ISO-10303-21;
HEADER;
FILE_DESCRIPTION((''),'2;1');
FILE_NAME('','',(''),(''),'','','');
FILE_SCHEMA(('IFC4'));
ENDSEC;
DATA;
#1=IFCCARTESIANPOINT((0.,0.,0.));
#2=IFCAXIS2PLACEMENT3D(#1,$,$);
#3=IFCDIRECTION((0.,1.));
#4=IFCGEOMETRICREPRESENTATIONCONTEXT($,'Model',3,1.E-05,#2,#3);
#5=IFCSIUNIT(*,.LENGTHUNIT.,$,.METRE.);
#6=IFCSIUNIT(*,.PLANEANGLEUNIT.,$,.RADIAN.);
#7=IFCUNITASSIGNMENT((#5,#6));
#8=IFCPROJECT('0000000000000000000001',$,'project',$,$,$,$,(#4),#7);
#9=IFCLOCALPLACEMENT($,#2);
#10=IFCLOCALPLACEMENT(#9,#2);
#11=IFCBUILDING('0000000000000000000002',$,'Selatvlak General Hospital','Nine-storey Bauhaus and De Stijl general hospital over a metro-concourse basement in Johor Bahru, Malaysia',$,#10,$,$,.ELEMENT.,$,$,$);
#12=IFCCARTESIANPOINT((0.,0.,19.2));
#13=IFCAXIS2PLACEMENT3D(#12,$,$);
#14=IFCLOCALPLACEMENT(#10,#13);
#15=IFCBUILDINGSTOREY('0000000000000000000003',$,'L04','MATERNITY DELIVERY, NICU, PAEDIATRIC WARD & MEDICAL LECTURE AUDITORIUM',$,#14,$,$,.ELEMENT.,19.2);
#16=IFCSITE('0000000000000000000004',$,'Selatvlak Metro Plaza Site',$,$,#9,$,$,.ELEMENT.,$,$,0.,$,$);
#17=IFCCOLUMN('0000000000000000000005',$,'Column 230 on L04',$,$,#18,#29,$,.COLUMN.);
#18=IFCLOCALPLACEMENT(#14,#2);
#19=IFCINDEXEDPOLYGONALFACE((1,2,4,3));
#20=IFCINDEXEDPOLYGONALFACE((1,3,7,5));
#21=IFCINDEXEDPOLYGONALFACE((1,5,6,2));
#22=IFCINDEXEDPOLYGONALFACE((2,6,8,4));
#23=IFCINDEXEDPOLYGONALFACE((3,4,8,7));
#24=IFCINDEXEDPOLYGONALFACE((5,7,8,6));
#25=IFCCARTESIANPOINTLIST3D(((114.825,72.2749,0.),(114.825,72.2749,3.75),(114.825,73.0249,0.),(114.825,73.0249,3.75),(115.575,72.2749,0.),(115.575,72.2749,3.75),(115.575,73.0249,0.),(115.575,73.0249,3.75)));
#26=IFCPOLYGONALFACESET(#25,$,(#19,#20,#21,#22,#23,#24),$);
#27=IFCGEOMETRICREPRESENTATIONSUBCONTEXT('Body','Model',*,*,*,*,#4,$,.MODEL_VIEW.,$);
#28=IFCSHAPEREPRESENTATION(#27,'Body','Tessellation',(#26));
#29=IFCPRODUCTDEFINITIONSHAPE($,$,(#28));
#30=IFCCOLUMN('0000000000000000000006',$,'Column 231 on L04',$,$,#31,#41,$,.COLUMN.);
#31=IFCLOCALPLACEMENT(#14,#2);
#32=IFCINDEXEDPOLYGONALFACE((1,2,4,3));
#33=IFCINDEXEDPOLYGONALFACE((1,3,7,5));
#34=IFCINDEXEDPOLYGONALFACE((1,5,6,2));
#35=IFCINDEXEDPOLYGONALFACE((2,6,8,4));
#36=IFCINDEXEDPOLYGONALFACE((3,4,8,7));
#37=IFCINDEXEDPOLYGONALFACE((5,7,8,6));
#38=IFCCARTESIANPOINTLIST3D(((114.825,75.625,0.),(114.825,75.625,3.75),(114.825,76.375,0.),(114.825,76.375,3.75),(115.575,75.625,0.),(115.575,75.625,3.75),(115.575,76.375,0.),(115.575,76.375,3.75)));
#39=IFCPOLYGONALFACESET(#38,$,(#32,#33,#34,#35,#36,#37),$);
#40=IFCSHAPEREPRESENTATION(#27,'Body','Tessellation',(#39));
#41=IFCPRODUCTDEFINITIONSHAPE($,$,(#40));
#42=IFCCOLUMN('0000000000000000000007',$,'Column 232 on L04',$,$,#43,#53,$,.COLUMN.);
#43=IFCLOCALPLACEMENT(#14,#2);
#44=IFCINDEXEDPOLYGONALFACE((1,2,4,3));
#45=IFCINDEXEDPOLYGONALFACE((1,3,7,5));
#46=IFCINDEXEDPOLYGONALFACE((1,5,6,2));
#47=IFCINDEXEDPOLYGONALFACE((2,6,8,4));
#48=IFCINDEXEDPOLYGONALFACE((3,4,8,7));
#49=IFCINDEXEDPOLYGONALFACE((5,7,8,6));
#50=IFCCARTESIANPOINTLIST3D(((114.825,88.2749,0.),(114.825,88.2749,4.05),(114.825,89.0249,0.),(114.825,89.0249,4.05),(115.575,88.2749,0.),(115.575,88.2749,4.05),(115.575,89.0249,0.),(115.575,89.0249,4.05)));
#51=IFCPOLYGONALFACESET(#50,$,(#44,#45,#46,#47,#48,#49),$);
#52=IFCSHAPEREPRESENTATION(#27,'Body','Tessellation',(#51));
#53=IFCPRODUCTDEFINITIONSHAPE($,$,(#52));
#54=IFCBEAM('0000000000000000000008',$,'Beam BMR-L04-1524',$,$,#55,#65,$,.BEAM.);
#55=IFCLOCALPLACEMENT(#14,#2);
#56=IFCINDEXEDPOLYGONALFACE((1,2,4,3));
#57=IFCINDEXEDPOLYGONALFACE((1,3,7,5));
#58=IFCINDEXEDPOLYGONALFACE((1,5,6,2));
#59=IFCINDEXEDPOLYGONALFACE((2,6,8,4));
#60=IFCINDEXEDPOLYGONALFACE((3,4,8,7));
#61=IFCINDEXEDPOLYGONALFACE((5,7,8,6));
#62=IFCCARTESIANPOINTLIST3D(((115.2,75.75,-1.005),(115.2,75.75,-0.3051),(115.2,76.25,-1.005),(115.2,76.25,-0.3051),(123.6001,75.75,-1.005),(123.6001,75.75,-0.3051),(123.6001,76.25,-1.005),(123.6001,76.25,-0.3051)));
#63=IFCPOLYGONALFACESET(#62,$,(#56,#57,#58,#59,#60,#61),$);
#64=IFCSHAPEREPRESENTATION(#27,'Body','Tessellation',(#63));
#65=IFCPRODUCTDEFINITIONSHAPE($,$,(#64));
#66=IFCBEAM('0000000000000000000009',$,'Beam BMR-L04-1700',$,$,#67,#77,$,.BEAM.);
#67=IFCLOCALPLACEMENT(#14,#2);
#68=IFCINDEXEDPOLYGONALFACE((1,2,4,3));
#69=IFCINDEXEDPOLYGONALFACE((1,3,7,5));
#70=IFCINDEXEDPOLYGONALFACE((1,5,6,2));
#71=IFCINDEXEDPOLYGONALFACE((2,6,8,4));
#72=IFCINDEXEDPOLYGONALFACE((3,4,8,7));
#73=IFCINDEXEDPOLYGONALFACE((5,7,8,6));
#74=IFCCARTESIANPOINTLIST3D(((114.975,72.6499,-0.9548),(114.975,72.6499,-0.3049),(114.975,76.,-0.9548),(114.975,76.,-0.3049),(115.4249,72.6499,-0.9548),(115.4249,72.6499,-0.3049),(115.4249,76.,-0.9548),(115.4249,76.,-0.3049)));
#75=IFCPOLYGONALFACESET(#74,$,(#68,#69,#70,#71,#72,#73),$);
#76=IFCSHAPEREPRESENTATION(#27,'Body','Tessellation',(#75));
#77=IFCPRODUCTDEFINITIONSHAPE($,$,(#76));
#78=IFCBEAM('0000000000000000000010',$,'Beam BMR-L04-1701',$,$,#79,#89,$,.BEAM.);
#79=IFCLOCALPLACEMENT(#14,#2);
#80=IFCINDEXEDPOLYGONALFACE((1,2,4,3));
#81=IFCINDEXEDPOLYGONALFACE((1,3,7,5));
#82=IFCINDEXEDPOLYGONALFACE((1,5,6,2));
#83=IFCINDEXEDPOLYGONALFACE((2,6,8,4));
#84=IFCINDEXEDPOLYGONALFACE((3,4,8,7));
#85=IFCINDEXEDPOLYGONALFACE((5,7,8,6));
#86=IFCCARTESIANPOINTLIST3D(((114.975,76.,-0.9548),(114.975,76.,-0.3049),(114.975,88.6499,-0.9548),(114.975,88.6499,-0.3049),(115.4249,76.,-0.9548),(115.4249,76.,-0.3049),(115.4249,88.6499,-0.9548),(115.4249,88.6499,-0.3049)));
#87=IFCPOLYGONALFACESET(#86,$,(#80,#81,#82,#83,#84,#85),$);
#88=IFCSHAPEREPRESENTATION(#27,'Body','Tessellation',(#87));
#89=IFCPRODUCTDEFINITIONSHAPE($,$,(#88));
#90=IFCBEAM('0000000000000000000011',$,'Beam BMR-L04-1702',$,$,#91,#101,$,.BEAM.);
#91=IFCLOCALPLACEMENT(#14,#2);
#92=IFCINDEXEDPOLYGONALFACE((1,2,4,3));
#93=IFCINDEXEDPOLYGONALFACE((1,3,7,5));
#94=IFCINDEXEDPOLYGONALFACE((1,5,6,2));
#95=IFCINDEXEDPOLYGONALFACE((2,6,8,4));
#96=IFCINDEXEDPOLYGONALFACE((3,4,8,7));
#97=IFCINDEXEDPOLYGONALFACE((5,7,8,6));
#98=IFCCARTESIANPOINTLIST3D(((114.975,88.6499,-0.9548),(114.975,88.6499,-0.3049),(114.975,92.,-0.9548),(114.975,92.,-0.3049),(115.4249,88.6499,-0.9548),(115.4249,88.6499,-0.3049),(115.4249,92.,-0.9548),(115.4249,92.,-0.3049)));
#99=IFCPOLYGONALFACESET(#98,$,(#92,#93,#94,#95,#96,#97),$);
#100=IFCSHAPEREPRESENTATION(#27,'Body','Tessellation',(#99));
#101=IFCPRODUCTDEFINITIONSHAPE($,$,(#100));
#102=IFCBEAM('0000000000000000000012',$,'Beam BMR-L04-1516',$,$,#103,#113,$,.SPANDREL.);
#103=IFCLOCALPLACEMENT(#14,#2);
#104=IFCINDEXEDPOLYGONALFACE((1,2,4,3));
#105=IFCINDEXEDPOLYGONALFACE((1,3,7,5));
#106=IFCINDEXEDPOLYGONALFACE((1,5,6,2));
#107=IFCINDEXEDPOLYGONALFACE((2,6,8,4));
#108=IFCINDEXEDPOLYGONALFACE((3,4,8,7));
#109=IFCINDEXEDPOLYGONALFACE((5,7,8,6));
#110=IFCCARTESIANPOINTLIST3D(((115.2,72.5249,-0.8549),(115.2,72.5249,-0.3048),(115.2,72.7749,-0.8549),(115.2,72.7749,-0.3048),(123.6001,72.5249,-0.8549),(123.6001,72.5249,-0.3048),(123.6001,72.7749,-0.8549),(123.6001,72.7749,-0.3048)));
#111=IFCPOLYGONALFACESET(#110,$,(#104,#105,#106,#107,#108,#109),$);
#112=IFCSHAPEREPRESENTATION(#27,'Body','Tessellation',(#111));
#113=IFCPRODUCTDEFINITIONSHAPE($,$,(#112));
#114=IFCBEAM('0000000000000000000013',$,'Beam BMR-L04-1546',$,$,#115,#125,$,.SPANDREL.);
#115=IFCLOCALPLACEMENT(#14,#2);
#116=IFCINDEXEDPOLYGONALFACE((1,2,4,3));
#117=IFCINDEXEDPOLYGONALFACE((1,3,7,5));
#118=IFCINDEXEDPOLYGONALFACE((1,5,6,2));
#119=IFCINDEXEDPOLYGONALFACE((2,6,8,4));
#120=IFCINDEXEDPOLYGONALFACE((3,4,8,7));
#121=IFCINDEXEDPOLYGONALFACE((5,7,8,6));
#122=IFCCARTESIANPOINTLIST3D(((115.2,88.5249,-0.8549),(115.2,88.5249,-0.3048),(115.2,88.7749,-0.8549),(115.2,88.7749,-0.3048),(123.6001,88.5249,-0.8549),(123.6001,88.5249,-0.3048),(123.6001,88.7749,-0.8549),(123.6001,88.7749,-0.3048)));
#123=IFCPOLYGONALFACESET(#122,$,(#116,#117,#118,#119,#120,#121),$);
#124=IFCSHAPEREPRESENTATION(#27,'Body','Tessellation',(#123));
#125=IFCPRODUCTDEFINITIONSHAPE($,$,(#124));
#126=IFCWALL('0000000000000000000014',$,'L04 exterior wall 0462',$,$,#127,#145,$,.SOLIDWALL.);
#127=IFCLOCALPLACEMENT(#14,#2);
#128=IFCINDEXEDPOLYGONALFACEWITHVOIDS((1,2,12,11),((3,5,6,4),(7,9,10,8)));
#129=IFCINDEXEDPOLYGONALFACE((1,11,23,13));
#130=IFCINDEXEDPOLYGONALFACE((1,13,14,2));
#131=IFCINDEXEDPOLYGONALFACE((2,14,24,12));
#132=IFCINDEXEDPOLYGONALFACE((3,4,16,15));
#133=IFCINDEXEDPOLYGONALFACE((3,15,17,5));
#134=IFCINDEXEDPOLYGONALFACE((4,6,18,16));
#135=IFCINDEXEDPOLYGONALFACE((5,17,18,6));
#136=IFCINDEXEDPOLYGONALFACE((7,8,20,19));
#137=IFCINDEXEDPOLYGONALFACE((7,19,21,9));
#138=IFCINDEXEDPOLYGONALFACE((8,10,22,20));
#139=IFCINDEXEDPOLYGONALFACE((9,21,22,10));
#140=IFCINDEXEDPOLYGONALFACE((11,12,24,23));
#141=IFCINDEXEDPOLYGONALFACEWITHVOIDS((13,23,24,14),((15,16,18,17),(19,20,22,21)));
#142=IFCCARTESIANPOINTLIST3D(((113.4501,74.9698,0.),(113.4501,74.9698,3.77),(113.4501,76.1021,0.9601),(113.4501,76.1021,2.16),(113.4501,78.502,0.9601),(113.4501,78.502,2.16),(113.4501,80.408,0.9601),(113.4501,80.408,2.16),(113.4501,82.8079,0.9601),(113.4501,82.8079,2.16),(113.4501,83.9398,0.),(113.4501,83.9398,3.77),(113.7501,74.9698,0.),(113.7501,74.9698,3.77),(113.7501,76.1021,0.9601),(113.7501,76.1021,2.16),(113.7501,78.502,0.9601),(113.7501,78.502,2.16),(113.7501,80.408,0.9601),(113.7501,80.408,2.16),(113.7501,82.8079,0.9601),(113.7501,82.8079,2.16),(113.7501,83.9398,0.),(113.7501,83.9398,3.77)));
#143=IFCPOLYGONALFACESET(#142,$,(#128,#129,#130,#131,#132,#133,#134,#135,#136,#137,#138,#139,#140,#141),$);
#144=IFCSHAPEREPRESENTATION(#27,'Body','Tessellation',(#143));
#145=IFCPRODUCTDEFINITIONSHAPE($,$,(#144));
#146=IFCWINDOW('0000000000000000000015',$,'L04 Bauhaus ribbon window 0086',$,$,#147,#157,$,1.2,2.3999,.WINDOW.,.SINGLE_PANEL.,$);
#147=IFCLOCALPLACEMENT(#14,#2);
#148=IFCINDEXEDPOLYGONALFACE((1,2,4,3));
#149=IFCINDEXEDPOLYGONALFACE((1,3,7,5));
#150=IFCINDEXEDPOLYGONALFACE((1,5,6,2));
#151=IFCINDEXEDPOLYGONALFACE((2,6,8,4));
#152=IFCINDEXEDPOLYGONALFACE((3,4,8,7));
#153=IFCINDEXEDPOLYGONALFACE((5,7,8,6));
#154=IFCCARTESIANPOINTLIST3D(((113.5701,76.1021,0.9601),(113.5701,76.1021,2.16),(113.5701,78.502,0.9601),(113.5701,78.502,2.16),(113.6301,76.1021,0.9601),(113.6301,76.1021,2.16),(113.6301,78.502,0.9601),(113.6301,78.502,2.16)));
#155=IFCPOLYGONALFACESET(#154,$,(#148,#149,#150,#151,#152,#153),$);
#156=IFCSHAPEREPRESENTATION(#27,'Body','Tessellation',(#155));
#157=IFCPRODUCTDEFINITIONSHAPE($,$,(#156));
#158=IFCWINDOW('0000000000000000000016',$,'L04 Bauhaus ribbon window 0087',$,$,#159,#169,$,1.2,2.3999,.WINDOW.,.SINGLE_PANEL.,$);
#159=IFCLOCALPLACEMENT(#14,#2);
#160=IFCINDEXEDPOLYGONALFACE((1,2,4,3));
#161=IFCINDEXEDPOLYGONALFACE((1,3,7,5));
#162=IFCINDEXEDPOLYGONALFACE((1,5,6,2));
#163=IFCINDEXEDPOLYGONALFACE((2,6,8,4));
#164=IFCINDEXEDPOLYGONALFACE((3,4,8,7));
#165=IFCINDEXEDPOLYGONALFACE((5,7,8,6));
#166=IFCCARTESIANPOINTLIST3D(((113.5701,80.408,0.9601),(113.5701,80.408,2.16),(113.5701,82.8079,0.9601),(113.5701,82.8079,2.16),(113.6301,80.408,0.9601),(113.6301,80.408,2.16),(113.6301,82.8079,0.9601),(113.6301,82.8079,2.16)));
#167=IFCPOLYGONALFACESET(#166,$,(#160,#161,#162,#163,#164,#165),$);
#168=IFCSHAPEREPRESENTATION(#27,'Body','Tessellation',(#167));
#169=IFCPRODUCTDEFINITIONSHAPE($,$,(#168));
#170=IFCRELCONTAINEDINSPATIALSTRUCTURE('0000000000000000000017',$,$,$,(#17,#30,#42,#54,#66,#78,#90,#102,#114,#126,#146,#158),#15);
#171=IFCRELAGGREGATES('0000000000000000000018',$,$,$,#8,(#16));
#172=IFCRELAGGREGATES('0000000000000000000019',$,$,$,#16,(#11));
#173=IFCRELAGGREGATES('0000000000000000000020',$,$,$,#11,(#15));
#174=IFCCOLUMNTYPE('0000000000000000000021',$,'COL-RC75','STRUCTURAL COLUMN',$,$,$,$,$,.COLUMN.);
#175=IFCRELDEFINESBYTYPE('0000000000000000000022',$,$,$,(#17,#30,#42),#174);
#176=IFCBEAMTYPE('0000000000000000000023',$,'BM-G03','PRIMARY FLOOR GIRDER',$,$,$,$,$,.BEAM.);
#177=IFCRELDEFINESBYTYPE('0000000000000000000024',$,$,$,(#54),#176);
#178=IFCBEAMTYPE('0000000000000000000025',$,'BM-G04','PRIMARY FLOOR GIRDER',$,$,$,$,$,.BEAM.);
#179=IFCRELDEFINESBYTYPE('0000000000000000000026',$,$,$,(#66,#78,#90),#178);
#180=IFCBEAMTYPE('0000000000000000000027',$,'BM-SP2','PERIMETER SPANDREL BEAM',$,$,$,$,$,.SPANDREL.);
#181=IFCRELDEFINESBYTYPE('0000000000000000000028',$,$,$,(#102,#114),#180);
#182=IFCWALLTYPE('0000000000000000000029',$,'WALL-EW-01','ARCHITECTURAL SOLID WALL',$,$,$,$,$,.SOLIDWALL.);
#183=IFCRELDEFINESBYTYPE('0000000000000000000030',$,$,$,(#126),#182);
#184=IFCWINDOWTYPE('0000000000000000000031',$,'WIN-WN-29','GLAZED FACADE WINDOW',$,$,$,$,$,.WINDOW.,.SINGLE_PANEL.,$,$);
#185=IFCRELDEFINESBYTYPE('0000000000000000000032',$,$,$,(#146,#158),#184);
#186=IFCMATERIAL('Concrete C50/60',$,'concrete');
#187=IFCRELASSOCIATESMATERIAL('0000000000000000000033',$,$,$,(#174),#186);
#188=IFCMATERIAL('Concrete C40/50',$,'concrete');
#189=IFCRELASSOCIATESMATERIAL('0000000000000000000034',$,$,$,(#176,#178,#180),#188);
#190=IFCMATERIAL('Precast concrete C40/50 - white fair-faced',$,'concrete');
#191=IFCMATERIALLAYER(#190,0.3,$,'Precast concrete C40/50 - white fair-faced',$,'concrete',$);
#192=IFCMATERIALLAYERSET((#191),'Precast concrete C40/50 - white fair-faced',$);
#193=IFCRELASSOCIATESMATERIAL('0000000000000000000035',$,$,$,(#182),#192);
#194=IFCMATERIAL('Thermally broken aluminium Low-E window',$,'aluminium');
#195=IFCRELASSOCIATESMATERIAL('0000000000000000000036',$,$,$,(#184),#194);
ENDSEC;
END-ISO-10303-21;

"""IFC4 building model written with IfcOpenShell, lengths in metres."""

from ifc_helpers import new_model, si_unit, direction, frame, frame_2d, origin, origin_2d, place, context, subcontext, project, spatial, rectangle, extrude, material, layer, layer_set, material_profile, profile_set, type_object, element, fill, save


model = new_model("IFC4")

# Units and contexts
model_context = context("Model", 3, precision=1e-05, world=origin(), true_north=direction((0.0, 1.0)))
body_context = subcontext(model_context, "Body", "Model", "MODEL_VIEW")
ifc_project = project(units=[si_unit("LENGTHUNIT", "METRE"), si_unit("PLANEANGLEUNIT", "RADIAN")], contexts=[model_context])

# Site, building, storey
site_placement = place(None, origin())
site = spatial("IfcSite", under=ifc_project, at=site_placement, Name="Selatvlak Metro Plaza Site", CompositionType="ELEMENT", RefElevation=0.0)
building_placement = place(site_placement, origin())
building = spatial("IfcBuilding", under=site, at=building_placement, Name="Selatvlak General Hospital", Description="Nine-storey Bauhaus and De Stijl general hospital over a metro-concourse basement in Johor Bahru, Malaysia", CompositionType="ELEMENT")
storey_placement = place(building_placement, frame((0.0, 0.0, 19.2)))
storey = spatial("IfcBuildingStorey", under=building, at=storey_placement, Name="L04", Description="MATERNITY DELIVERY, NICU, PAEDIATRIC WARD & MEDICAL LECTURE AUDITORIUM", CompositionType="ELEMENT", Elevation=19.2)

# Columns
ifc_material_1 = material(Name="Concrete C50/60", Category="concrete")
ifc_material_profile_1 = material_profile(ifc_material_1, rectangle(XDim=0.75, YDim=0.75, at=origin_2d()), Name="RC-COL 750x750")
ifc_profile_set_1 = profile_set([ifc_material_profile_1], Name="Concrete C50/60")
column_type = type_object("IfcColumnType", Name="COL-RC75", Description="STRUCTURAL COLUMN", PredefinedType="COLUMN", material=ifc_profile_set_1)
for number, where, z_axis, x_axis, name in (
    (1, (115.2, 72.6499, 0.0), (0.0, 0.0, 1.0), (1.0, 0.0, 0.0), "Column 230 on L04"),
    (2, (115.2, 76.0, 0.0), (0.0, 0.0, 1.0), (1.0, 0.0, 0.0), "Column 231 on L04"),
):
    element("IfcColumn", number, at=place(storey_placement, frame(where, z_axis=z_axis, x_axis=x_axis)), inside=storey, type_object=column_type, Name=name, PredefinedType="COLUMN", context=body_context, shape_type="SweptSolid", body=[
        extrude(rectangle(XDim=0.75, YDim=0.75, at=origin_2d()), origin(), (0.0, 0.0, 1.0), 3.75),
    ])
column_placement = place(storey_placement, frame((115.2, 88.6499, 0.0), z_axis=(0.0, 0.0, 1.0), x_axis=(1.0, 0.0, 0.0)))
element("IfcColumn", 3, at=column_placement, inside=storey, type_object=column_type, Name="Column 232 on L04", PredefinedType="COLUMN", context=body_context, shape_type="SweptSolid", body=[
    extrude(rectangle(XDim=0.75, YDim=0.75, at=origin_2d()), origin(), (0.0, 0.0, 1.0), 4.05),
])

# Beams
ifc_material_2 = material(Name="Concrete C40/50", Category="concrete")
ifc_material_profile_2 = material_profile(ifc_material_2, rectangle(XDim=0.5, YDim=0.7, at=origin_2d()), Name="RC-BM 500x700")
ifc_profile_set_2 = profile_set([ifc_material_profile_2], Name="Concrete C40/50")
beam_type_1 = type_object("IfcBeamType", Name="BM-G03", Description="PRIMARY FLOOR GIRDER", PredefinedType="BEAM", material=ifc_profile_set_2)
beam_1_placement = place(storey_placement, frame((115.2, 76.0, -0.655), z_axis=(1.0, 0.0, 0.0), x_axis=(0.0, 1.0, 0.0)))
element("IfcBeam", 4, at=beam_1_placement, inside=storey, type_object=beam_type_1, Name="Beam BMR-L04-1524", PredefinedType="BEAM", context=body_context, shape_type="SweptSolid", body=[
    extrude(rectangle(XDim=0.5, YDim=0.7, at=origin_2d()), origin(), (0.0, 0.0, 1.0), 8.4001),
])
ifc_material_profile_3 = material_profile(ifc_material_2, rectangle(XDim=0.45, YDim=0.6499, at=origin_2d()), Name="RC-BM 450x650")
ifc_profile_set_3 = profile_set([ifc_material_profile_3], Name="Concrete C40/50")
beam_type_2 = type_object("IfcBeamType", Name="BM-G04", Description="PRIMARY FLOOR GIRDER", PredefinedType="BEAM", material=ifc_profile_set_3)
beam_2_placement = place(storey_placement, frame((115.2, 72.6499, -0.6299), z_axis=(0.0, 1.0, 0.0), x_axis=(-1.0, 0.0, 0.0)))
element("IfcBeam", 5, at=beam_2_placement, inside=storey, type_object=beam_type_2, Name="Beam BMR-L04-1700", PredefinedType="BEAM", context=body_context, shape_type="SweptSolid", body=[
    extrude(rectangle(XDim=0.45, YDim=0.6499, at=origin_2d()), origin(), (0.0, 0.0, 1.0), 3.3501),
])
beam_3_placement = place(storey_placement, frame((115.2, 76.0, -0.6299), z_axis=(0.0, 1.0, 0.0), x_axis=(-1.0, 0.0, 0.0)))
element("IfcBeam", 6, at=beam_3_placement, inside=storey, type_object=beam_type_2, Name="Beam BMR-L04-1701", PredefinedType="BEAM", context=body_context, shape_type="SweptSolid", body=[
    extrude(rectangle(XDim=0.45, YDim=0.6499, at=origin_2d()), origin(), (0.0, 0.0, 1.0), 12.6499),
])
beam_4_placement = place(storey_placement, frame((115.2, 88.6499, -0.6299), z_axis=(0.0, 1.0, 0.0), x_axis=(-1.0, 0.0, 0.0)))
element("IfcBeam", 7, at=beam_4_placement, inside=storey, type_object=beam_type_2, Name="Beam BMR-L04-1702", PredefinedType="BEAM", context=body_context, shape_type="SweptSolid", body=[
    extrude(rectangle(XDim=0.45, YDim=0.6499, at=origin_2d()), origin(), (0.0, 0.0, 1.0), 3.3501),
])
ifc_material_profile_4 = material_profile(ifc_material_2, rectangle(XDim=0.25, YDim=0.55, at=origin_2d()), Name="RC-SP 250x550")
ifc_profile_set_4 = profile_set([ifc_material_profile_4], Name="Concrete C40/50")
beam_type_3 = type_object("IfcBeamType", Name="BM-SP2", Description="PERIMETER SPANDREL BEAM", PredefinedType="SPANDREL", material=ifc_profile_set_4)
for number, where, z_axis, x_axis, name in (
    (8, (115.2, 72.6499, -0.5798), (1.0, 0.0, 0.0), (0.0, 1.0, 0.0), "Beam BMR-L04-1516"),
    (9, (115.2, 88.6499, -0.5798), (1.0, 0.0, 0.0), (0.0, 1.0, 0.0), "Beam BMR-L04-1546"),
):
    element("IfcBeam", number, at=place(storey_placement, frame(where, z_axis=z_axis, x_axis=x_axis)), inside=storey, type_object=beam_type_3, Name=name, PredefinedType="SPANDREL", context=body_context, shape_type="SweptSolid", body=[
        extrude(rectangle(XDim=0.25, YDim=0.55, at=origin_2d()), origin(), (0.0, 0.0, 1.0), 8.4001),
    ])

# Wall, openings, windows
ifc_material_3 = material(Name="Precast concrete C40/50 - white fair-faced", Category="concrete")
ifc_layer_1 = layer(ifc_material_3, 0.3, Name="Precast concrete C40/50 - white fair-faced", Category="concrete")
ifc_layer_set_1 = layer_set([ifc_layer_1], Name="Precast concrete C40/50 - white fair-faced")
wall_type_1 = type_object("IfcWallType", Name="WALL-EW-01", Description="ARCHITECTURAL SOLID WALL", PredefinedType="SOLIDWALL", material=ifc_layer_set_1)
wall_1_placement = place(storey_placement, frame((113.6001, 74.97, 0.0), z_axis=(0.0, 0.0, 1.0), x_axis=(0.0, 1.0, 0.0)))
wall_1 = element("IfcWall", 10, at=wall_1_placement, inside=storey, type_object=wall_type_1, Name="L04 exterior wall 0462", PredefinedType="SOLIDWALL", context=body_context, shape_type="SweptSolid", body=[
    extrude(rectangle(XDim=8.97, YDim=0.3, at=frame_2d((4.4849, 0.0))), origin(), (0.0, 0.0, 1.0), 3.77),
])
opening_1_placement = place(wall_1_placement, frame((1.1321, 0.0, 0.96)))
opening_1 = element("IfcOpeningElement", 11, at=opening_1_placement, cuts=wall_1, PredefinedType="OPENING", context=body_context, shape_type="SweptSolid", body=[
    extrude(rectangle(XDim=2.3999, YDim=1.2, at=frame_2d((1.2, 0.6001))), frame((0.0, 0.1599, 0.0), z_axis=(0.0, -1.0, 0.0), x_axis=(1.0, 0.0, 0.0)), (0.0, 0.0, 1.0), 0.3201),
])
opening_2_placement = place(wall_1_placement, frame((5.438, 0.0, 0.96)))
opening_2 = element("IfcOpeningElement", 12, at=opening_2_placement, cuts=wall_1, PredefinedType="OPENING", context=body_context, shape_type="SweptSolid", body=[
    extrude(rectangle(XDim=2.3999, YDim=1.2, at=frame_2d((1.2, 0.6001))), frame((0.0, 0.1599, 0.0), z_axis=(0.0, -1.0, 0.0), x_axis=(1.0, 0.0, 0.0)), (0.0, 0.0, 1.0), 0.3201),
])
ifc_material_4 = material(Name="Thermally broken aluminium Low-E window", Category="aluminium")
window_type_1 = type_object("IfcWindowType", Name="WIN-WN-29", Description="GLAZED FACADE WINDOW", PartitioningType="SINGLE_PANEL", PredefinedType="WINDOW", material=ifc_material_4)
window_1_placement = place(opening_1_placement, origin())
window_1 = element("IfcWindow", 13, at=window_1_placement, inside=storey, type_object=window_type_1, Name="L04 Bauhaus ribbon window 0086", OverallHeight=1.2, OverallWidth=2.3999, PartitioningType="SINGLE_PANEL", PredefinedType="WINDOW", context=body_context, shape_type="SweptSolid", body=[
    extrude(rectangle(XDim=2.3999, YDim=1.2, at=frame_2d((1.2, 0.6001))), frame((0.0, 0.03, 0.0), z_axis=(0.0, -1.0, 0.0), x_axis=(1.0, 0.0, 0.0)), (0.0, 0.0, 1.0), 0.0601),
])
fill(opening_1, window_1)
window_2_placement = place(opening_2_placement, origin())
window_2 = element("IfcWindow", 14, at=window_2_placement, inside=storey, type_object=window_type_1, Name="L04 Bauhaus ribbon window 0087", OverallHeight=1.2, OverallWidth=2.3999, PartitioningType="SINGLE_PANEL", PredefinedType="WINDOW", context=body_context, shape_type="SweptSolid", body=[
    extrude(rectangle(XDim=2.3999, YDim=1.2, at=frame_2d((1.2, 0.6001))), frame((0.0, 0.03, 0.0), z_axis=(0.0, -1.0, 0.0), x_axis=(1.0, 0.0, 0.0)), (0.0, 0.0, 1.0), 0.0601),
])
fill(opening_2, window_2)

save(model, "model.ifc")
